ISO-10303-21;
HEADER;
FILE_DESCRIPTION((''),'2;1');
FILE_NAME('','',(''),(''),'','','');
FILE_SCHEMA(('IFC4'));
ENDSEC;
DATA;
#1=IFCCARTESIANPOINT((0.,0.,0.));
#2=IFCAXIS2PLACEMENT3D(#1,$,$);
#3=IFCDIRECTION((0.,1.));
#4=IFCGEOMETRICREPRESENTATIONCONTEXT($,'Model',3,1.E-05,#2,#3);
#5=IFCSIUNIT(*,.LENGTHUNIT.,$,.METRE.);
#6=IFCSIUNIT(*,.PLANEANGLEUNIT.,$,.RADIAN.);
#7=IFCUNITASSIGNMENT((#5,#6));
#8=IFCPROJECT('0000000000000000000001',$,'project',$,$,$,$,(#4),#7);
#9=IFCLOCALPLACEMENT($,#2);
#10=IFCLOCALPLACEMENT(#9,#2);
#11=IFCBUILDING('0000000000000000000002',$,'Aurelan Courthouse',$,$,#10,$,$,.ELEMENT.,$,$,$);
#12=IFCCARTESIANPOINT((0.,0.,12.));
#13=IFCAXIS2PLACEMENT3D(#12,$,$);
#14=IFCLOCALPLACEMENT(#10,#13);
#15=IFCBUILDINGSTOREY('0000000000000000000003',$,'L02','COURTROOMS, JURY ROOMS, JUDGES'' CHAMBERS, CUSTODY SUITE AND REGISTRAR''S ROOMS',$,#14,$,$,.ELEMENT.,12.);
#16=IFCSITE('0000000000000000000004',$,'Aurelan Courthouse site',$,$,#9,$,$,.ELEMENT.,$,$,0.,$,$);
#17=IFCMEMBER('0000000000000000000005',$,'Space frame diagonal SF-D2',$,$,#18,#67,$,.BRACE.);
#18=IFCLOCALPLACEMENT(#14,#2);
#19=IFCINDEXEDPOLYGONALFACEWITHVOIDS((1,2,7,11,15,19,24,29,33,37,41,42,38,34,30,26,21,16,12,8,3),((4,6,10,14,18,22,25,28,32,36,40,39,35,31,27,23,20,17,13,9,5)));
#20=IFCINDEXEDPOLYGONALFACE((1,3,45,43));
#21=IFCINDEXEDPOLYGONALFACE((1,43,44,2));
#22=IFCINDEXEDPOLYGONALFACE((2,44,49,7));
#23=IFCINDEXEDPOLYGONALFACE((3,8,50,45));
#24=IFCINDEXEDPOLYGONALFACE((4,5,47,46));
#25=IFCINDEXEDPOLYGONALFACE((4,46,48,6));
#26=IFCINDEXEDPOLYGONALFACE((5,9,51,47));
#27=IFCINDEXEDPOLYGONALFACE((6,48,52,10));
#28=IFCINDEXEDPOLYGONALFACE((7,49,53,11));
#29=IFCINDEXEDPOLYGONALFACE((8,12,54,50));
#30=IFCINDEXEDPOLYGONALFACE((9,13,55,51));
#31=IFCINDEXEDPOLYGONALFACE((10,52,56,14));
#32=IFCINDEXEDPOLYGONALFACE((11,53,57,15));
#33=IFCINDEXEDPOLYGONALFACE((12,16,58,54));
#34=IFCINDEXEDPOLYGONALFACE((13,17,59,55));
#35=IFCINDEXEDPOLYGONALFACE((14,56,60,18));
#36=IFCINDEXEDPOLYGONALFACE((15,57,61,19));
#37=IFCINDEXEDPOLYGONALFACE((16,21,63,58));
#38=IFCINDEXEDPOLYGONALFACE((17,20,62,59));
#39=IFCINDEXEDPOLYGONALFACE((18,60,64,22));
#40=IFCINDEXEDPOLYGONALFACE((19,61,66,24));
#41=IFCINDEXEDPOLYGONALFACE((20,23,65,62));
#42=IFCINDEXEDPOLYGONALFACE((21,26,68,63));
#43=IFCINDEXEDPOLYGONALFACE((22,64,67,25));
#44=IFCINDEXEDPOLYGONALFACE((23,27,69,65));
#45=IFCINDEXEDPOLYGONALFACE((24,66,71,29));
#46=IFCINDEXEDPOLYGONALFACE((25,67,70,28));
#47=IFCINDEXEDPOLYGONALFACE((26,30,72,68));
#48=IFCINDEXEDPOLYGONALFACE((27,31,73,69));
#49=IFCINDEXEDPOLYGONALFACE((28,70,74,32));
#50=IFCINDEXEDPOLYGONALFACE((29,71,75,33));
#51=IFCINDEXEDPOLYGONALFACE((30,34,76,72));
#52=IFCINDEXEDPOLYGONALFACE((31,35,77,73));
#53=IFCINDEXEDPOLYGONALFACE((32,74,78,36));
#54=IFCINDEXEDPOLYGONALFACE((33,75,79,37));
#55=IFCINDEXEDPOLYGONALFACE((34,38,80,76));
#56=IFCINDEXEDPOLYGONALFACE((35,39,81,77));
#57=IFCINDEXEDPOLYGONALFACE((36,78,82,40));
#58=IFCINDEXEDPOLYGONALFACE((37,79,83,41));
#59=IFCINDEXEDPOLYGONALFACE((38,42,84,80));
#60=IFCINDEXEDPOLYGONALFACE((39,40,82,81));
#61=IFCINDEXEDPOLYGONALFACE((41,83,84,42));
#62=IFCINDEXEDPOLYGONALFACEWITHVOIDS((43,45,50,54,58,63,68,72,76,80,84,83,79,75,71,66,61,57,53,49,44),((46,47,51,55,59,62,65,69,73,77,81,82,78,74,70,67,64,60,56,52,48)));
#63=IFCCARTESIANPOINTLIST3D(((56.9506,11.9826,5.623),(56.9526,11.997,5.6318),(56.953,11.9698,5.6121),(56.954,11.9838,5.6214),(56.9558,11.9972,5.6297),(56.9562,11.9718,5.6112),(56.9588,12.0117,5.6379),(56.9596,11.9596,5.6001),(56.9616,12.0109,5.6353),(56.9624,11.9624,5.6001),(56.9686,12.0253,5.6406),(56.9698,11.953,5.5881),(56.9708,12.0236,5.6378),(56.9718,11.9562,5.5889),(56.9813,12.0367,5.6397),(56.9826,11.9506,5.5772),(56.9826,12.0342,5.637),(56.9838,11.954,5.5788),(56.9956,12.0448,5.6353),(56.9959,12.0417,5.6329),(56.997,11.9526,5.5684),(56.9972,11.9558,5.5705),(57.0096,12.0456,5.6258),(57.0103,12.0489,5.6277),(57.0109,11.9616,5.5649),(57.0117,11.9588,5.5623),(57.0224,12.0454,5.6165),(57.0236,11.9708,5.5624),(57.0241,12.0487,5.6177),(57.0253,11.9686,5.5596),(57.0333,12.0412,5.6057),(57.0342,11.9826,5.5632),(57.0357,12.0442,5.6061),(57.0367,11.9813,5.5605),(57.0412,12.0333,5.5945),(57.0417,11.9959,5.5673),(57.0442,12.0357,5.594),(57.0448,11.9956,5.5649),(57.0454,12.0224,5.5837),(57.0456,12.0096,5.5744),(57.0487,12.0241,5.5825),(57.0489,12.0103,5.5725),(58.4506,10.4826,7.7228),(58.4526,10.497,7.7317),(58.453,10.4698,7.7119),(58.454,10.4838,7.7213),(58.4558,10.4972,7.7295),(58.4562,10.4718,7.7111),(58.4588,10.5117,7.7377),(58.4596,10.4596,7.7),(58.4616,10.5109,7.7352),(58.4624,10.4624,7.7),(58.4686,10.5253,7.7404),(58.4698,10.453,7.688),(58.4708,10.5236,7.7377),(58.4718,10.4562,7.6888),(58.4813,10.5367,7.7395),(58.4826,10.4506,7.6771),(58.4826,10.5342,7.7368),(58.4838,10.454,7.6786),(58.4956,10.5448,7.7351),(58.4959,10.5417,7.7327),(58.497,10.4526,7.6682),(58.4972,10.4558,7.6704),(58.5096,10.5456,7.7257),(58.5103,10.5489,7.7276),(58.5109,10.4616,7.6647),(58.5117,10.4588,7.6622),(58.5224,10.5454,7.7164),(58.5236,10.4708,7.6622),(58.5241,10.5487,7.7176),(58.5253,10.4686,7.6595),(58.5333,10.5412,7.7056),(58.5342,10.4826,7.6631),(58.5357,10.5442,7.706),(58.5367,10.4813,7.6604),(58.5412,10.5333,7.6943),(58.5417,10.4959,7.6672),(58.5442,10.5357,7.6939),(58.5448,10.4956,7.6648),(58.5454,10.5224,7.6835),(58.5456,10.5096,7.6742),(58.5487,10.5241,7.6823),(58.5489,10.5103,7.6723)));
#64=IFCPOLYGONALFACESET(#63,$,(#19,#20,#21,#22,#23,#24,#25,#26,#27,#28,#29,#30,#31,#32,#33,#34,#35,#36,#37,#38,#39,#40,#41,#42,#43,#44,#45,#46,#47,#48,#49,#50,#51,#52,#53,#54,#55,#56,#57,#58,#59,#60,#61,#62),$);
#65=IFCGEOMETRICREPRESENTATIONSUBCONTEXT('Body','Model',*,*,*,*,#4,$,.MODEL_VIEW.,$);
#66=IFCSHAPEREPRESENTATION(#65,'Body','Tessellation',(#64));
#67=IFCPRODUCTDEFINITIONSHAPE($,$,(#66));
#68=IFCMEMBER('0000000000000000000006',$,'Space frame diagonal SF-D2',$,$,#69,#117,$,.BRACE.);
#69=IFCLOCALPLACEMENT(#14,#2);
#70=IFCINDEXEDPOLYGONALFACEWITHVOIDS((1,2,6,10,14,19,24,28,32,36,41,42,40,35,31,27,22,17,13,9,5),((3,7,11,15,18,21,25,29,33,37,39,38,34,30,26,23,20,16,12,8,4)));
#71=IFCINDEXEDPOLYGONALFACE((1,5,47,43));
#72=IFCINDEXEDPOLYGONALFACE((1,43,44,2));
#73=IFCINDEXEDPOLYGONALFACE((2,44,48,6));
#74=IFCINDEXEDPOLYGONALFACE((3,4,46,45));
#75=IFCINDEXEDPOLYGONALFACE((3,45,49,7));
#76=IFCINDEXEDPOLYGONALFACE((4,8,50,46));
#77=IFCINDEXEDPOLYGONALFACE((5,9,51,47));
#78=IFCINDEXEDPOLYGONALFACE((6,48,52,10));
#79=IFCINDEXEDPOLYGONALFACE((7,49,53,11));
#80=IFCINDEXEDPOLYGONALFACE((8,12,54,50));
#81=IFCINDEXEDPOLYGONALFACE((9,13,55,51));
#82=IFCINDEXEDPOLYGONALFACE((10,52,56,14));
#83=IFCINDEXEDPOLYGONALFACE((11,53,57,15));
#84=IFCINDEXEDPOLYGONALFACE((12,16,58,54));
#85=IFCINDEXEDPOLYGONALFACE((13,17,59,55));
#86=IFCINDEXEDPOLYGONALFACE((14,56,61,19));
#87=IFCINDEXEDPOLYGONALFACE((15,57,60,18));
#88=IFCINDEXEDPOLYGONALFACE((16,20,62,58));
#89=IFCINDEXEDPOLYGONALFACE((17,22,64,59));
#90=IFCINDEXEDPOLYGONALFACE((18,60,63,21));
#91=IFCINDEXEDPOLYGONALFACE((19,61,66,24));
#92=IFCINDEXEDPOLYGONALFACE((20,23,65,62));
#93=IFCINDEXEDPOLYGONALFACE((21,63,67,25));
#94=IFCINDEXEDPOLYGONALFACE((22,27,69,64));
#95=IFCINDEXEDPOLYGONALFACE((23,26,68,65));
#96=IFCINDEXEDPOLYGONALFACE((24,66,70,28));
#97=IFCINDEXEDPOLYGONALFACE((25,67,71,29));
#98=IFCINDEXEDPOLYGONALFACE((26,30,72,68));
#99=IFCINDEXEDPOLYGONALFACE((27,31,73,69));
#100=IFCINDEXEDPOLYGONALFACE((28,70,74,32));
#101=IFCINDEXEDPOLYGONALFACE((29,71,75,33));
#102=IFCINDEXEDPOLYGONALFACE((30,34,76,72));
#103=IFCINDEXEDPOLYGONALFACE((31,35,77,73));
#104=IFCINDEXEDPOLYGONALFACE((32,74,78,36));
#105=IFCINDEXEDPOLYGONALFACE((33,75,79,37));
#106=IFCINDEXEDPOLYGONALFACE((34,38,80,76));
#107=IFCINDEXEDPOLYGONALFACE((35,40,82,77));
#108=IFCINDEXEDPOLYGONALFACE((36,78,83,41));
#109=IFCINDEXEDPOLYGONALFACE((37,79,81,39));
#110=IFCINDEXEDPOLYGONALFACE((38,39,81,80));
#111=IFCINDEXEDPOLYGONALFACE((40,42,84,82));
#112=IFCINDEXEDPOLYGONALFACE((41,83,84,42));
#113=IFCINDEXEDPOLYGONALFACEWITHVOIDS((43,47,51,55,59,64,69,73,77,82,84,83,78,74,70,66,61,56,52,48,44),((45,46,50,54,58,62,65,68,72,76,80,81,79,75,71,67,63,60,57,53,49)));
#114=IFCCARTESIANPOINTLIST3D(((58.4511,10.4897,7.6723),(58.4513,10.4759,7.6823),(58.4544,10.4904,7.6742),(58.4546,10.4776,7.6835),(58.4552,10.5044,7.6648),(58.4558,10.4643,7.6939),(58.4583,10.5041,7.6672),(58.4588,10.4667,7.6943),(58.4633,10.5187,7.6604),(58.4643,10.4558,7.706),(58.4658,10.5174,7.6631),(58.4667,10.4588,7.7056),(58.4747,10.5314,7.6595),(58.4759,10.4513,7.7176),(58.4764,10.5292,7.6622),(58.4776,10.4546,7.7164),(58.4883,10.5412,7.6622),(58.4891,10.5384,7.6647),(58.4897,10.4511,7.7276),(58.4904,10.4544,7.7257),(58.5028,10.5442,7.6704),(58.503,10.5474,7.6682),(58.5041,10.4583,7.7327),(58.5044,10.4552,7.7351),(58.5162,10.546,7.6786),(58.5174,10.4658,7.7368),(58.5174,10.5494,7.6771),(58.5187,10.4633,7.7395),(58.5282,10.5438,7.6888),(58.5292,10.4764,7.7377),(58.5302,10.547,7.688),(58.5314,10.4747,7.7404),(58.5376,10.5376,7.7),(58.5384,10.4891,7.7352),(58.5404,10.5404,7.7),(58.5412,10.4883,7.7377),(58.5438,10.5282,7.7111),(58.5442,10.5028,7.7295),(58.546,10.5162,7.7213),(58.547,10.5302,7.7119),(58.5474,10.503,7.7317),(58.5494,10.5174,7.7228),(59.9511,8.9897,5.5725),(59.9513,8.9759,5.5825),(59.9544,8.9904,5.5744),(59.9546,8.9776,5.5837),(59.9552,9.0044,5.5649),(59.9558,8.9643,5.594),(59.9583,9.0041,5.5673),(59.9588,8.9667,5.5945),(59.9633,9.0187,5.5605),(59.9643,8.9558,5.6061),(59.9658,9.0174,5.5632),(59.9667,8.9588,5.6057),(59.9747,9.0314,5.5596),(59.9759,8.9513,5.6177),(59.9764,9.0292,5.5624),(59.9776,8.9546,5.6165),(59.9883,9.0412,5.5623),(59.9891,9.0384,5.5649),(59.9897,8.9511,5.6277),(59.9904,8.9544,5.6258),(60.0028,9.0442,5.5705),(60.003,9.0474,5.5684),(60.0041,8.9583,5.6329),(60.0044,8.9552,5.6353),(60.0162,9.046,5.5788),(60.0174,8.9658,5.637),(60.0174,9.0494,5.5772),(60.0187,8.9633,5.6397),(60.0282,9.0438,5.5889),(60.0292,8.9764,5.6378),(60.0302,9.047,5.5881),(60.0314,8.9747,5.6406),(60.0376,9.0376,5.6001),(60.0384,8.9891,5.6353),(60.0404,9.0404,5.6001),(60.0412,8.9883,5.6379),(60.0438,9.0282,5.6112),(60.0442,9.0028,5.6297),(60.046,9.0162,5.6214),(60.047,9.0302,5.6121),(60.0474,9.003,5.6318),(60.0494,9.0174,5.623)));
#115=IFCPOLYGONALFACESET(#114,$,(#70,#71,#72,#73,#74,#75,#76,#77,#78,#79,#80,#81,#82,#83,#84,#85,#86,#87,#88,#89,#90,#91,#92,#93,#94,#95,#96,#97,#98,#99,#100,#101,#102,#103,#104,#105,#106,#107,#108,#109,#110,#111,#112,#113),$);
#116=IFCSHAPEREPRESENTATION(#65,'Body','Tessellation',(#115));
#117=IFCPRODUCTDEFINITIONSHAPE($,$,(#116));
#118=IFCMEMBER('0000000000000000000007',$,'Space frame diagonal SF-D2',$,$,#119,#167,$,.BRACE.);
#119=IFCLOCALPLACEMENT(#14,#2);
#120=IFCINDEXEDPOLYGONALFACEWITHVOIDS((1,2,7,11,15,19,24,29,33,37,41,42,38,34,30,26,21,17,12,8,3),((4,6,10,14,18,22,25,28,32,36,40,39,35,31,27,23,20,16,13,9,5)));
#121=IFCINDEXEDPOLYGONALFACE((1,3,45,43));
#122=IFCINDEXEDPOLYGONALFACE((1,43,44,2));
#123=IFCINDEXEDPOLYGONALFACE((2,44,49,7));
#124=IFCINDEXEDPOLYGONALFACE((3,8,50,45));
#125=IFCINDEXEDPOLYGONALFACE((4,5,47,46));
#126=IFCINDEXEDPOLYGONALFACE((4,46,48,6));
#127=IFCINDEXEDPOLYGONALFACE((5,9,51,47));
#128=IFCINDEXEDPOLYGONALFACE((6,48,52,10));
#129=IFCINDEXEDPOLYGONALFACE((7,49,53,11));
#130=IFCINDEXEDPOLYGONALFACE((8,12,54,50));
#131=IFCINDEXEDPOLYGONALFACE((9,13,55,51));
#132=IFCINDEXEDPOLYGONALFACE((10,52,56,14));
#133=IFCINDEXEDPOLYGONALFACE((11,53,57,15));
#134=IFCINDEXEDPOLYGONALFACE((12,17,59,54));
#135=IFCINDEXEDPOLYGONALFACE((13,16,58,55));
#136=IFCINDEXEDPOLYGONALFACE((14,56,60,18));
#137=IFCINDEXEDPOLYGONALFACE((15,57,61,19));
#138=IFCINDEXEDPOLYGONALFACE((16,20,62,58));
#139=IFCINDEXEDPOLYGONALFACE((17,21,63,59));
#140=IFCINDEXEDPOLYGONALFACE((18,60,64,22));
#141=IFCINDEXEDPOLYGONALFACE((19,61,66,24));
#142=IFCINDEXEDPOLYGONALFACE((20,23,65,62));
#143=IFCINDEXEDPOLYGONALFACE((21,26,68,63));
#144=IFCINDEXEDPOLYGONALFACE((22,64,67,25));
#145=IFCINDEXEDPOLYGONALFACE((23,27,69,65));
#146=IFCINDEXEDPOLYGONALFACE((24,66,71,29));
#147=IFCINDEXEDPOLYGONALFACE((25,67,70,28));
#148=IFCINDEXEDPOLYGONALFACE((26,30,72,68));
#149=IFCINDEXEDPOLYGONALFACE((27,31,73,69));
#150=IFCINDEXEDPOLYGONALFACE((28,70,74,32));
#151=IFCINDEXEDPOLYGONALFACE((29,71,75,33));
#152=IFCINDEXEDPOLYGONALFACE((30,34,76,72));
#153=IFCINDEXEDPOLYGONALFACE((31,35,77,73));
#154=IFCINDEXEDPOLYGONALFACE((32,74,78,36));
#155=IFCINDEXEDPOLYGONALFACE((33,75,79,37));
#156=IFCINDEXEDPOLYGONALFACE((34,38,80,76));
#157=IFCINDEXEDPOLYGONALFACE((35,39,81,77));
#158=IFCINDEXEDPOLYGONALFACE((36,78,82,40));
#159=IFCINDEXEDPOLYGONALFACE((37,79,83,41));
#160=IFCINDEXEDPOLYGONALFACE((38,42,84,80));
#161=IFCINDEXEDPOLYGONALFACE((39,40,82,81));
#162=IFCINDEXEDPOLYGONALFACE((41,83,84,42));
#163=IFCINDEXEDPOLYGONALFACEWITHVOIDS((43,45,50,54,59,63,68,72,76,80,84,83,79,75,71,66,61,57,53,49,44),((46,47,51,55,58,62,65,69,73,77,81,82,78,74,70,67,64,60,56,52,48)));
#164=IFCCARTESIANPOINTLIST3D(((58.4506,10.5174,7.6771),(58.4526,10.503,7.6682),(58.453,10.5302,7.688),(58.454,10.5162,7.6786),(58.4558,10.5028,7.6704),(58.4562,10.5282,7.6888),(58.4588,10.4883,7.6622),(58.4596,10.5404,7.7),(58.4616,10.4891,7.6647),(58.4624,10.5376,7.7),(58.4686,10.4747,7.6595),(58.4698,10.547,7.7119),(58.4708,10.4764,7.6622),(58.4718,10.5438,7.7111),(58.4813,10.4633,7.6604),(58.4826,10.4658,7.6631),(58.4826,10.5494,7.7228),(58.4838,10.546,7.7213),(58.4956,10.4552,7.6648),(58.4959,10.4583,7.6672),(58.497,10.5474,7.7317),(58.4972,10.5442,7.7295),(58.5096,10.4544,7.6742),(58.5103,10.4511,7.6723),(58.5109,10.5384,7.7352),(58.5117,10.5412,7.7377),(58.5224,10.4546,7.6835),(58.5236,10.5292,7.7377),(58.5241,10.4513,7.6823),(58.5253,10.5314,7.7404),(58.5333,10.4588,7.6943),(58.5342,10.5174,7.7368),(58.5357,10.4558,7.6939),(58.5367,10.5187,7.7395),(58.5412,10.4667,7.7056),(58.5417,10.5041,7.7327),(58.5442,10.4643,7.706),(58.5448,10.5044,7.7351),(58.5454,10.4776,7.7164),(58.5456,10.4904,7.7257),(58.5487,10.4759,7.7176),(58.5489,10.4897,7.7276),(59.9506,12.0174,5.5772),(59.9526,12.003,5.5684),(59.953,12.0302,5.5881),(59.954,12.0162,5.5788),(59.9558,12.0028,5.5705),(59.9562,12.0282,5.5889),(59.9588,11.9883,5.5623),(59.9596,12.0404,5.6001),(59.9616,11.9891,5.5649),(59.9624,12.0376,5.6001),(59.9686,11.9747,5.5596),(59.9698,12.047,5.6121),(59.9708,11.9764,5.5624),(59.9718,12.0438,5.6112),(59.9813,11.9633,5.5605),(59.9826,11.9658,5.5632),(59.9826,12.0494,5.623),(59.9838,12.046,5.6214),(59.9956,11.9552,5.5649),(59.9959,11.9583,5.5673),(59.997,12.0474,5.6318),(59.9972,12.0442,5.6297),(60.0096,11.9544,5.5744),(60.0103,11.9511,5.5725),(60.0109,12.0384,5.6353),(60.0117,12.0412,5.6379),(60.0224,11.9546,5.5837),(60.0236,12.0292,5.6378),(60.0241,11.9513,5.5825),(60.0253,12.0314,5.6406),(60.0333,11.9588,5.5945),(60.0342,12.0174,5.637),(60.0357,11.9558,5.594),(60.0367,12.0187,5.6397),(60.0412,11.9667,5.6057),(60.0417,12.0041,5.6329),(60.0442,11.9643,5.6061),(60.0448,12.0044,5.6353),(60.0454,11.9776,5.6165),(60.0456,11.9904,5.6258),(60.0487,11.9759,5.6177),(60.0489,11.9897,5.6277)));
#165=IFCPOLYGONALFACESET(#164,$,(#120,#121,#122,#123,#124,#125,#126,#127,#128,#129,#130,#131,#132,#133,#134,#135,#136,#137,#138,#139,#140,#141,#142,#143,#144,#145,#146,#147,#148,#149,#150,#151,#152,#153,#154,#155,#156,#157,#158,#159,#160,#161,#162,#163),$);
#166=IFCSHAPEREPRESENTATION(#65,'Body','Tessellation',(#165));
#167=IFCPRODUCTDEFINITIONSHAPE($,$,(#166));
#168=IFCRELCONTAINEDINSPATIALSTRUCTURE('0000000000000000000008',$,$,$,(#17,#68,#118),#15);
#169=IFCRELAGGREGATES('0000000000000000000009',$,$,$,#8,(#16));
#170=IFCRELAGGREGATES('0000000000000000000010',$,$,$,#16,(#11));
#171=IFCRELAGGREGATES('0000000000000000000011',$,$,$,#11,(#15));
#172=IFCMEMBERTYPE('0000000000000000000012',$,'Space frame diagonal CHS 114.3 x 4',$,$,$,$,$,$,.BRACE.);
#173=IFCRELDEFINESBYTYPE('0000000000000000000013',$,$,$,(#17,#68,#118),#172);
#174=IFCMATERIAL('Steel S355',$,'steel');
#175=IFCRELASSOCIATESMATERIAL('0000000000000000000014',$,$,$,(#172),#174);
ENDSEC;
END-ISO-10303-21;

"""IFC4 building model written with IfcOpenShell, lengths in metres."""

from ifc_helpers import new_model, si_unit, direction, frame, origin, origin_2d, place, context, subcontext, project, spatial, hollow_circle, extrude, material, material_profile, profile_set, type_object, element, save


model = new_model("IFC4")

# Units and contexts
model_context = context("Model", 3, precision=1e-05, world=origin(), true_north=direction((0.0, 1.0)))
body_context = subcontext(model_context, "Body", "Model", "MODEL_VIEW")
ifc_project = project(units=[si_unit("LENGTHUNIT", "METRE"), si_unit("PLANEANGLEUNIT", "RADIAN")], contexts=[model_context])

# Site, building, storey
site_placement = place(None, origin())
site = spatial("IfcSite", under=ifc_project, at=site_placement, Name="Aurelan Courthouse site", CompositionType="ELEMENT", RefElevation=0.0)
building_placement = place(site_placement, origin())
building = spatial("IfcBuilding", under=site, at=building_placement, Name="Aurelan Courthouse", CompositionType="ELEMENT")
storey_placement = place(building_placement, frame((0.0, 0.0, 12.0)))
storey = spatial("IfcBuildingStorey", under=building, at=storey_placement, Name="L02", Description="COURTROOMS, JURY ROOMS, JUDGES' CHAMBERS, CUSTODY SUITE AND REGISTRAR'S ROOMS", CompositionType="ELEMENT", Elevation=12.0)

# Members
ifc_material_1 = material(Name="Steel S355", Category="steel")
ifc_material_profile_1 = material_profile(ifc_material_1, hollow_circle(Radius=0.0571, WallThickness=0.0039, at=origin_2d()), Name="CHS 114.3 x 4")
ifc_profile_set_1 = profile_set([ifc_material_profile_1], Name="Steel S355")
member_type_1 = type_object("IfcMemberType", Name="Space frame diagonal CHS 114.3 x 4", PredefinedType="BRACE", material=ifc_profile_set_1)
for number, where, z_axis, x_axis, name in (
    (1, (58.5, 10.5, 7.7), (-0.502536, 0.502536, -0.703502), (-0.707107, -0.707107, 0.0), "Space frame diagonal SF-D2"),
    (2, (58.5, 10.5, 7.7), (0.502536, -0.502536, -0.703502), (0.707107, 0.707107, 0.0), "Space frame diagonal SF-D2"),
    (3, (58.5, 10.5, 7.7), (0.502536, 0.502536, -0.703502), (-0.707107, 0.707107, 0.0), "Space frame diagonal SF-D2"),
):
    element("IfcMember", number, at=place(storey_placement, frame(where, z_axis=z_axis, x_axis=x_axis)), inside=storey, type_object=member_type_1, Name=name, PredefinedType="BRACE", context=body_context, shape_type="SweptSolid", body=[
        extrude(hollow_circle(Radius=0.0571, WallThickness=0.0039, at=origin_2d()), origin(), (0.0, 0.0, 1.0), 2.9849),
    ])

save(model, "model.ifc")
